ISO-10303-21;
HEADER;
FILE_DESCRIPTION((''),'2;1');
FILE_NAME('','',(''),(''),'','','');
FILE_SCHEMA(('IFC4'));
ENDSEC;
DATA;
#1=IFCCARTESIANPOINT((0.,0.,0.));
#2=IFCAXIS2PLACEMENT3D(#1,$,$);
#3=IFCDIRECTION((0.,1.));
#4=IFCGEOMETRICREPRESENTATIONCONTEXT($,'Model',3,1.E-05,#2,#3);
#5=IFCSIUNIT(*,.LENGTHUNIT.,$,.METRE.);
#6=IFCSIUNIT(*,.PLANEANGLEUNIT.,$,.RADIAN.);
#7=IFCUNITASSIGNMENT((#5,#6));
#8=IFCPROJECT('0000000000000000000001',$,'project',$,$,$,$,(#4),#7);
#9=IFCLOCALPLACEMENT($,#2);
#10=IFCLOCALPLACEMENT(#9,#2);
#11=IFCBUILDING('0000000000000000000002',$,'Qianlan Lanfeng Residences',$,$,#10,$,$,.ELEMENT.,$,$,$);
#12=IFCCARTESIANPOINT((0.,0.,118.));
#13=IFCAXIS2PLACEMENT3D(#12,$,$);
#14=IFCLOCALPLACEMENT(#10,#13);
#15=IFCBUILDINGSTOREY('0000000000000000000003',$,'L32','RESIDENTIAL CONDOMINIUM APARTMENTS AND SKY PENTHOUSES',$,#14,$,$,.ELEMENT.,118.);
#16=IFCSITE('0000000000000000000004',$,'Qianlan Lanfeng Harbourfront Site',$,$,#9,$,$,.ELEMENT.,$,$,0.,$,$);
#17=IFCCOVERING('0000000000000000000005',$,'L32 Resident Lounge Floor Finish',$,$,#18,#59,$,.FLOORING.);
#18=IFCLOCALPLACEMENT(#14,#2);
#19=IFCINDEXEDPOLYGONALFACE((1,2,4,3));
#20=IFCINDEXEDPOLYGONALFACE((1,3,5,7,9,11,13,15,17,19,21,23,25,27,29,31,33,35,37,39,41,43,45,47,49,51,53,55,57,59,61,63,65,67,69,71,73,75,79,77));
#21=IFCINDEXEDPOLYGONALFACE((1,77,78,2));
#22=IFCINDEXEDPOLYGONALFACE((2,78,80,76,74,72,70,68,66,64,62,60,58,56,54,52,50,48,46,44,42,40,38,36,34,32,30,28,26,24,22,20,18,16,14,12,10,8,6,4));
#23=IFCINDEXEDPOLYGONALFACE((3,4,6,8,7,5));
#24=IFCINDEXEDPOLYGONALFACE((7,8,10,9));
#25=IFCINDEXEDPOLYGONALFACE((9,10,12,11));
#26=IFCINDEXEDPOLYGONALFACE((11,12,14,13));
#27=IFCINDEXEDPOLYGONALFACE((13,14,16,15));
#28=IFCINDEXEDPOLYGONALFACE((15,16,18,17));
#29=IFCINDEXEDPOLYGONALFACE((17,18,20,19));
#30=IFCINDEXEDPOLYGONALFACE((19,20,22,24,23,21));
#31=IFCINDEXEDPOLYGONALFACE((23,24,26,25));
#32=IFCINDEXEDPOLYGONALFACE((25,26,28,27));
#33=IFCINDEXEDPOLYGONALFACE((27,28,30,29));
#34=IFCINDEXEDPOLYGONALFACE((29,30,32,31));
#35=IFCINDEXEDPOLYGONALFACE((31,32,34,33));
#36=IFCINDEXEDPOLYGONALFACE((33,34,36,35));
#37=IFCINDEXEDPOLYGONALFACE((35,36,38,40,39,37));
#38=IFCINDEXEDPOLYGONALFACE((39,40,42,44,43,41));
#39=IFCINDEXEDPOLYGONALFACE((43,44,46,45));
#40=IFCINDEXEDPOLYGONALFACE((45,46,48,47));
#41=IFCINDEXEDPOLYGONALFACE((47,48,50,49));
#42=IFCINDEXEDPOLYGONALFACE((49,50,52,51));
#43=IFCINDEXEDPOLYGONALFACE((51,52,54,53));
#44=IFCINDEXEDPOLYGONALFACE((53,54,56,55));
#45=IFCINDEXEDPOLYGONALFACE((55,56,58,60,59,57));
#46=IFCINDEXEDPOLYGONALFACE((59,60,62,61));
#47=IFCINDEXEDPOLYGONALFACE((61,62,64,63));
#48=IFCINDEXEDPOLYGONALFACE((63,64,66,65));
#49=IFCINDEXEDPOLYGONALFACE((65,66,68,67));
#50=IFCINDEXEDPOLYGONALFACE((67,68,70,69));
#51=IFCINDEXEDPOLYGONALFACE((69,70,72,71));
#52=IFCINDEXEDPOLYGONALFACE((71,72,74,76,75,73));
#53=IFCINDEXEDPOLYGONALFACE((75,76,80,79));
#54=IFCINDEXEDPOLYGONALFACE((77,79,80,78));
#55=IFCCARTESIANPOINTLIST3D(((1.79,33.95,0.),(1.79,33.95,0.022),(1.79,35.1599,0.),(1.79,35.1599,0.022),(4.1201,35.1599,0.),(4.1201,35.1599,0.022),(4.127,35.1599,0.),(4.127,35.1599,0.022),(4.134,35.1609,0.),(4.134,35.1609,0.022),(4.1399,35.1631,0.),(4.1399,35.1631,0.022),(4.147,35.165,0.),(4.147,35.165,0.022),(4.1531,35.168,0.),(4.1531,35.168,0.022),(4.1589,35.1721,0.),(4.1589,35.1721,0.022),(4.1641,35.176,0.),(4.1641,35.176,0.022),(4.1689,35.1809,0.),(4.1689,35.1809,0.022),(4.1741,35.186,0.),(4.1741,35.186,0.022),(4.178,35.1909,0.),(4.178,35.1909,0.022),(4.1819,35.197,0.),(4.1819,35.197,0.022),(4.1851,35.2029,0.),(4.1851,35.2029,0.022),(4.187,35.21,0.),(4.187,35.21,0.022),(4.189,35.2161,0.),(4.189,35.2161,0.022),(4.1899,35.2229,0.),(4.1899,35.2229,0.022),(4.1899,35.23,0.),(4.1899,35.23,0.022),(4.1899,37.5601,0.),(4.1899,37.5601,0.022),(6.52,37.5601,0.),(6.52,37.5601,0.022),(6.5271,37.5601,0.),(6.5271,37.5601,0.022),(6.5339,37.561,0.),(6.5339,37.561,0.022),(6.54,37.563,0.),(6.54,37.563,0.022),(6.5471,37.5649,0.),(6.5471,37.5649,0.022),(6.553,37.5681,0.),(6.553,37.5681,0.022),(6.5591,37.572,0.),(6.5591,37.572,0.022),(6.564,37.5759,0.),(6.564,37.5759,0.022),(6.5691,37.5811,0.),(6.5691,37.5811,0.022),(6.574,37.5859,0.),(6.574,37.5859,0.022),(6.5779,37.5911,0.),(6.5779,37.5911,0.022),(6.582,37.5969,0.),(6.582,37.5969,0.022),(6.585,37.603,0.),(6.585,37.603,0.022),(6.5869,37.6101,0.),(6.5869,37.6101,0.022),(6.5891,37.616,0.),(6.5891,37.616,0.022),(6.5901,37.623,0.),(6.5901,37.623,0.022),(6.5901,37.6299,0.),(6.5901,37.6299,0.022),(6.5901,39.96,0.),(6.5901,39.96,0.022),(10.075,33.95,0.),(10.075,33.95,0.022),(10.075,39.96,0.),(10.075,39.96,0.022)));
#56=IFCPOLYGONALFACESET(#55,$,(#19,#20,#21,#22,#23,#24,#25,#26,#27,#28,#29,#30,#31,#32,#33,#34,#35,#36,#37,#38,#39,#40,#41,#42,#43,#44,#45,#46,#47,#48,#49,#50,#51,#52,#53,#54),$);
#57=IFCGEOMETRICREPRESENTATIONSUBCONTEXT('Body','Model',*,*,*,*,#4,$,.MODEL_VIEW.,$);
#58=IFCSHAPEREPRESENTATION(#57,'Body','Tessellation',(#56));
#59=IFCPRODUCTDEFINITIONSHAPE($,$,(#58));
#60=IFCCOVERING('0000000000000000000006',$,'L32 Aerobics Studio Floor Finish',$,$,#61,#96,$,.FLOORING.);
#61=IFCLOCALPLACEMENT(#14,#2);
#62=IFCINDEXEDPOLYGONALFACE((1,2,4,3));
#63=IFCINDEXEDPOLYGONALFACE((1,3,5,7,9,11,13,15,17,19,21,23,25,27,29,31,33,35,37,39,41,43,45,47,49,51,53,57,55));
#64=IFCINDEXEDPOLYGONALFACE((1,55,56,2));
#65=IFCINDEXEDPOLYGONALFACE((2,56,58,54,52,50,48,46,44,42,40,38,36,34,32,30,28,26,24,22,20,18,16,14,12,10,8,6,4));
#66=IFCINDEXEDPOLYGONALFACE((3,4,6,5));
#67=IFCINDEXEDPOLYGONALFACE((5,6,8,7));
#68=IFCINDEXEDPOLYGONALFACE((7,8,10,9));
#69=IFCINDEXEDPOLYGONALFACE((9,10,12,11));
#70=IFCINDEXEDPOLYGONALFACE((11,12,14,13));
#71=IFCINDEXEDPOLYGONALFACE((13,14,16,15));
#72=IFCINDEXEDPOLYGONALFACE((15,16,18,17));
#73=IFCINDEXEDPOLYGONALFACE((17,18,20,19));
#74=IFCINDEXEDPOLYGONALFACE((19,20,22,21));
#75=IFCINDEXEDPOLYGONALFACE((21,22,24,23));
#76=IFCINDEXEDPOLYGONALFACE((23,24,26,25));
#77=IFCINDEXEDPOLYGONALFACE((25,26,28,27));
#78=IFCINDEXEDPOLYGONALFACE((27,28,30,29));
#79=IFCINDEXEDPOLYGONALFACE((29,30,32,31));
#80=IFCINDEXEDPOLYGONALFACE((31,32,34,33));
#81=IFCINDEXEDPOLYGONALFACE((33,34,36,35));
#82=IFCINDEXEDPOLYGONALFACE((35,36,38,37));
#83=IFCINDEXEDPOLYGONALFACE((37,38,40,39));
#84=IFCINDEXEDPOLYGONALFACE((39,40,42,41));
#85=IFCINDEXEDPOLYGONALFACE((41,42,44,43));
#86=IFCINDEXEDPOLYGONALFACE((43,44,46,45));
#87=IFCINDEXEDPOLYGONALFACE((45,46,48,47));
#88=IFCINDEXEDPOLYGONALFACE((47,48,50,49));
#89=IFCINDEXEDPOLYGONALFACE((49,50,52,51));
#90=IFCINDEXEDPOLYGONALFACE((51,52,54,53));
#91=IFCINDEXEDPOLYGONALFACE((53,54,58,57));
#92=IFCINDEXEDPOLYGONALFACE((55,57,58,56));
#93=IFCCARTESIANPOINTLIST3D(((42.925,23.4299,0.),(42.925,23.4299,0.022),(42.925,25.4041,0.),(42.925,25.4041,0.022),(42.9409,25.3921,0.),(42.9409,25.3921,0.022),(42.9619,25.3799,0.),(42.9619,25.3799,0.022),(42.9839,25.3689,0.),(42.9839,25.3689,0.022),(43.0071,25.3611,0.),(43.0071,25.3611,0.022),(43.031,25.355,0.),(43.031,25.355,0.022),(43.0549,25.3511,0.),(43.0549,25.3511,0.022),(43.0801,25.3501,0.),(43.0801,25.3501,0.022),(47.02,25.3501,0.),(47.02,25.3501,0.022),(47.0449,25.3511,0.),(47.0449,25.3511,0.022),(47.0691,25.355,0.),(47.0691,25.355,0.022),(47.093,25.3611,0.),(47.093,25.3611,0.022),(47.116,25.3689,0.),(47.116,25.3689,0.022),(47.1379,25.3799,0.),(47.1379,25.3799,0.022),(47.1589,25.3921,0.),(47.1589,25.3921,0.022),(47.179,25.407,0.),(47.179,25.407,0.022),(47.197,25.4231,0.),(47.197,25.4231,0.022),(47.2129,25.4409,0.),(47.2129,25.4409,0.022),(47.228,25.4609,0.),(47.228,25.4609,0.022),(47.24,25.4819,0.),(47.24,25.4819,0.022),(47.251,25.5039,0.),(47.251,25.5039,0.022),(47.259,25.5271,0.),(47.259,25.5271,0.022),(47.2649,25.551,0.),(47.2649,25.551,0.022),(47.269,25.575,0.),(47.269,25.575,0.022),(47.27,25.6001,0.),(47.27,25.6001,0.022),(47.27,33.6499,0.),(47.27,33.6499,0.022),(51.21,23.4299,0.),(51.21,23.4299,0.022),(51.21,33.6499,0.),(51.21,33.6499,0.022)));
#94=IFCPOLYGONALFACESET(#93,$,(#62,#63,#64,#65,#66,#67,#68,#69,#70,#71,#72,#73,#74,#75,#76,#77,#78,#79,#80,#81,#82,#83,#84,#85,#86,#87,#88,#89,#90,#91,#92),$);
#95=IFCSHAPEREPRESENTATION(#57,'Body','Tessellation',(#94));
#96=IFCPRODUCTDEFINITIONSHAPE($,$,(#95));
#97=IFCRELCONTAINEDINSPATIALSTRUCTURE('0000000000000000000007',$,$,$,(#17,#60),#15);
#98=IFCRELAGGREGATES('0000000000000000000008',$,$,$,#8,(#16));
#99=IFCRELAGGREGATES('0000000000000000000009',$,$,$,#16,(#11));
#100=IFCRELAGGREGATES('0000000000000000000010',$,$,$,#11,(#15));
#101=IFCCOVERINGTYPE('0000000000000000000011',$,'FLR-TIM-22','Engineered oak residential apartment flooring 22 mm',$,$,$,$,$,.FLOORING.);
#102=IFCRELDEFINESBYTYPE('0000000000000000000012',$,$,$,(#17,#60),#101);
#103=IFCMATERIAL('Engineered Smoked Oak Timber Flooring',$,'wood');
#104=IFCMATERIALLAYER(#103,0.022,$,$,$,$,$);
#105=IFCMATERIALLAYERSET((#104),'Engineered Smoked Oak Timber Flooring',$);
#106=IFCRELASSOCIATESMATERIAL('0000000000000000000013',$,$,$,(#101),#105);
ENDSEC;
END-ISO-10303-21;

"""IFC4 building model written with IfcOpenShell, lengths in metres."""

from ifc_helpers import new_model, si_unit, direction, frame, origin, place, context, subcontext, project, spatial, polyline, outline, extrude, material, layer, layer_set, type_object, element, save


model = new_model("IFC4")

# Units and contexts
model_context = context("Model", 3, precision=1e-05, world=origin(), true_north=direction((0.0, 1.0)))
body_context = subcontext(model_context, "Body", "Model", "MODEL_VIEW")
ifc_project = project(units=[si_unit("LENGTHUNIT", "METRE"), si_unit("PLANEANGLEUNIT", "RADIAN")], contexts=[model_context])

# Site, building, storey
site_placement = place(None, origin())
site = spatial("IfcSite", under=ifc_project, at=site_placement, Name="Qianlan Lanfeng Harbourfront Site", CompositionType="ELEMENT", RefElevation=0.0)
building_placement = place(site_placement, origin())
building = spatial("IfcBuilding", under=site, at=building_placement, Name="Qianlan Lanfeng Residences", CompositionType="ELEMENT")
storey_placement = place(building_placement, frame((0.0, 0.0, 118.0)))
storey = spatial("IfcBuildingStorey", under=building, at=storey_placement, Name="L32", Description="RESIDENTIAL CONDOMINIUM APARTMENTS AND SKY PENTHOUSES", CompositionType="ELEMENT", Elevation=118.0)

# Coverings
ifc_material_1 = material(Name="Engineered Smoked Oak Timber Flooring", Category="wood")
ifc_layer_1 = layer(ifc_material_1, 0.022)
ifc_layer_set_1 = layer_set([ifc_layer_1], Name="Engineered Smoked Oak Timber Flooring")
covering_type_1 = type_object("IfcCoveringType", Name="FLR-TIM-22", Description="Engineered oak residential apartment flooring 22 mm", PredefinedType="FLOORING", material=ifc_layer_set_1)
covering_1_placement = place(storey_placement, origin())
element("IfcCovering", 1, at=covering_1_placement, inside=storey, type_object=covering_type_1, Name="L32 Resident Lounge Floor Finish", PredefinedType="FLOORING", context=body_context, shape_type="SweptSolid", body=[
    extrude(outline(polyline([(1.79, 33.95), (10.075, 33.95), (10.075, 39.96), (6.5901, 39.96), (6.5901, 37.6299), (6.5901, 37.623), (6.5891, 37.616), (6.5869, 37.6101), (6.585, 37.603), (6.582, 37.5969), (6.5779, 37.5911), (6.574, 37.5859), (6.5691, 37.5811), (6.564, 37.5759), (6.5591, 37.572), (6.553, 37.5681), (6.5471, 37.5649), (6.54, 37.563), (6.5339, 37.561), (6.5271, 37.5601), (6.52, 37.5601), (4.1899, 37.5601), (4.1899, 35.23), (4.1899, 35.2229), (4.189, 35.2161), (4.187, 35.21), (4.1851, 35.2029), (4.1819, 35.197), (4.178, 35.1909), (4.1741, 35.186), (4.1689, 35.1809), (4.1641, 35.176), (4.1589, 35.1721), (4.1531, 35.168), (4.147, 35.165), (4.1399, 35.1631), (4.134, 35.1609), (4.127, 35.1599), (4.1201, 35.1599), (1.79, 35.1599), (1.79, 33.95)])), origin(), (0.0, 0.0, 1.0), 0.022),
])
covering_2_placement = place(storey_placement, origin())
element("IfcCovering", 2, at=covering_2_placement, inside=storey, type_object=covering_type_1, Name="L32 Aerobics Studio Floor Finish", PredefinedType="FLOORING", context=body_context, shape_type="SweptSolid", body=[
    extrude(outline(polyline([(51.21, 33.6499), (47.27, 33.6499), (47.27, 25.6001), (47.269, 25.575), (47.2649, 25.551), (47.259, 25.5271), (47.251, 25.5039), (47.24, 25.4819), (47.228, 25.4609), (47.2129, 25.4409), (47.197, 25.4231), (47.179, 25.407), (47.1589, 25.3921), (47.1379, 25.3799), (47.116, 25.3689), (47.093, 25.3611), (47.0691, 25.355), (47.0449, 25.3511), (47.02, 25.3501), (43.0801, 25.3501), (43.0549, 25.3511), (43.031, 25.355), (43.0071, 25.3611), (42.9839, 25.3689), (42.9619, 25.3799), (42.9409, 25.3921), (42.925, 25.4041), (42.925, 23.4299), (51.21, 23.4299), (51.21, 33.6499)])), origin(), (0.0, 0.0, 1.0), 0.022),
])

save(model, "model.ifc")
